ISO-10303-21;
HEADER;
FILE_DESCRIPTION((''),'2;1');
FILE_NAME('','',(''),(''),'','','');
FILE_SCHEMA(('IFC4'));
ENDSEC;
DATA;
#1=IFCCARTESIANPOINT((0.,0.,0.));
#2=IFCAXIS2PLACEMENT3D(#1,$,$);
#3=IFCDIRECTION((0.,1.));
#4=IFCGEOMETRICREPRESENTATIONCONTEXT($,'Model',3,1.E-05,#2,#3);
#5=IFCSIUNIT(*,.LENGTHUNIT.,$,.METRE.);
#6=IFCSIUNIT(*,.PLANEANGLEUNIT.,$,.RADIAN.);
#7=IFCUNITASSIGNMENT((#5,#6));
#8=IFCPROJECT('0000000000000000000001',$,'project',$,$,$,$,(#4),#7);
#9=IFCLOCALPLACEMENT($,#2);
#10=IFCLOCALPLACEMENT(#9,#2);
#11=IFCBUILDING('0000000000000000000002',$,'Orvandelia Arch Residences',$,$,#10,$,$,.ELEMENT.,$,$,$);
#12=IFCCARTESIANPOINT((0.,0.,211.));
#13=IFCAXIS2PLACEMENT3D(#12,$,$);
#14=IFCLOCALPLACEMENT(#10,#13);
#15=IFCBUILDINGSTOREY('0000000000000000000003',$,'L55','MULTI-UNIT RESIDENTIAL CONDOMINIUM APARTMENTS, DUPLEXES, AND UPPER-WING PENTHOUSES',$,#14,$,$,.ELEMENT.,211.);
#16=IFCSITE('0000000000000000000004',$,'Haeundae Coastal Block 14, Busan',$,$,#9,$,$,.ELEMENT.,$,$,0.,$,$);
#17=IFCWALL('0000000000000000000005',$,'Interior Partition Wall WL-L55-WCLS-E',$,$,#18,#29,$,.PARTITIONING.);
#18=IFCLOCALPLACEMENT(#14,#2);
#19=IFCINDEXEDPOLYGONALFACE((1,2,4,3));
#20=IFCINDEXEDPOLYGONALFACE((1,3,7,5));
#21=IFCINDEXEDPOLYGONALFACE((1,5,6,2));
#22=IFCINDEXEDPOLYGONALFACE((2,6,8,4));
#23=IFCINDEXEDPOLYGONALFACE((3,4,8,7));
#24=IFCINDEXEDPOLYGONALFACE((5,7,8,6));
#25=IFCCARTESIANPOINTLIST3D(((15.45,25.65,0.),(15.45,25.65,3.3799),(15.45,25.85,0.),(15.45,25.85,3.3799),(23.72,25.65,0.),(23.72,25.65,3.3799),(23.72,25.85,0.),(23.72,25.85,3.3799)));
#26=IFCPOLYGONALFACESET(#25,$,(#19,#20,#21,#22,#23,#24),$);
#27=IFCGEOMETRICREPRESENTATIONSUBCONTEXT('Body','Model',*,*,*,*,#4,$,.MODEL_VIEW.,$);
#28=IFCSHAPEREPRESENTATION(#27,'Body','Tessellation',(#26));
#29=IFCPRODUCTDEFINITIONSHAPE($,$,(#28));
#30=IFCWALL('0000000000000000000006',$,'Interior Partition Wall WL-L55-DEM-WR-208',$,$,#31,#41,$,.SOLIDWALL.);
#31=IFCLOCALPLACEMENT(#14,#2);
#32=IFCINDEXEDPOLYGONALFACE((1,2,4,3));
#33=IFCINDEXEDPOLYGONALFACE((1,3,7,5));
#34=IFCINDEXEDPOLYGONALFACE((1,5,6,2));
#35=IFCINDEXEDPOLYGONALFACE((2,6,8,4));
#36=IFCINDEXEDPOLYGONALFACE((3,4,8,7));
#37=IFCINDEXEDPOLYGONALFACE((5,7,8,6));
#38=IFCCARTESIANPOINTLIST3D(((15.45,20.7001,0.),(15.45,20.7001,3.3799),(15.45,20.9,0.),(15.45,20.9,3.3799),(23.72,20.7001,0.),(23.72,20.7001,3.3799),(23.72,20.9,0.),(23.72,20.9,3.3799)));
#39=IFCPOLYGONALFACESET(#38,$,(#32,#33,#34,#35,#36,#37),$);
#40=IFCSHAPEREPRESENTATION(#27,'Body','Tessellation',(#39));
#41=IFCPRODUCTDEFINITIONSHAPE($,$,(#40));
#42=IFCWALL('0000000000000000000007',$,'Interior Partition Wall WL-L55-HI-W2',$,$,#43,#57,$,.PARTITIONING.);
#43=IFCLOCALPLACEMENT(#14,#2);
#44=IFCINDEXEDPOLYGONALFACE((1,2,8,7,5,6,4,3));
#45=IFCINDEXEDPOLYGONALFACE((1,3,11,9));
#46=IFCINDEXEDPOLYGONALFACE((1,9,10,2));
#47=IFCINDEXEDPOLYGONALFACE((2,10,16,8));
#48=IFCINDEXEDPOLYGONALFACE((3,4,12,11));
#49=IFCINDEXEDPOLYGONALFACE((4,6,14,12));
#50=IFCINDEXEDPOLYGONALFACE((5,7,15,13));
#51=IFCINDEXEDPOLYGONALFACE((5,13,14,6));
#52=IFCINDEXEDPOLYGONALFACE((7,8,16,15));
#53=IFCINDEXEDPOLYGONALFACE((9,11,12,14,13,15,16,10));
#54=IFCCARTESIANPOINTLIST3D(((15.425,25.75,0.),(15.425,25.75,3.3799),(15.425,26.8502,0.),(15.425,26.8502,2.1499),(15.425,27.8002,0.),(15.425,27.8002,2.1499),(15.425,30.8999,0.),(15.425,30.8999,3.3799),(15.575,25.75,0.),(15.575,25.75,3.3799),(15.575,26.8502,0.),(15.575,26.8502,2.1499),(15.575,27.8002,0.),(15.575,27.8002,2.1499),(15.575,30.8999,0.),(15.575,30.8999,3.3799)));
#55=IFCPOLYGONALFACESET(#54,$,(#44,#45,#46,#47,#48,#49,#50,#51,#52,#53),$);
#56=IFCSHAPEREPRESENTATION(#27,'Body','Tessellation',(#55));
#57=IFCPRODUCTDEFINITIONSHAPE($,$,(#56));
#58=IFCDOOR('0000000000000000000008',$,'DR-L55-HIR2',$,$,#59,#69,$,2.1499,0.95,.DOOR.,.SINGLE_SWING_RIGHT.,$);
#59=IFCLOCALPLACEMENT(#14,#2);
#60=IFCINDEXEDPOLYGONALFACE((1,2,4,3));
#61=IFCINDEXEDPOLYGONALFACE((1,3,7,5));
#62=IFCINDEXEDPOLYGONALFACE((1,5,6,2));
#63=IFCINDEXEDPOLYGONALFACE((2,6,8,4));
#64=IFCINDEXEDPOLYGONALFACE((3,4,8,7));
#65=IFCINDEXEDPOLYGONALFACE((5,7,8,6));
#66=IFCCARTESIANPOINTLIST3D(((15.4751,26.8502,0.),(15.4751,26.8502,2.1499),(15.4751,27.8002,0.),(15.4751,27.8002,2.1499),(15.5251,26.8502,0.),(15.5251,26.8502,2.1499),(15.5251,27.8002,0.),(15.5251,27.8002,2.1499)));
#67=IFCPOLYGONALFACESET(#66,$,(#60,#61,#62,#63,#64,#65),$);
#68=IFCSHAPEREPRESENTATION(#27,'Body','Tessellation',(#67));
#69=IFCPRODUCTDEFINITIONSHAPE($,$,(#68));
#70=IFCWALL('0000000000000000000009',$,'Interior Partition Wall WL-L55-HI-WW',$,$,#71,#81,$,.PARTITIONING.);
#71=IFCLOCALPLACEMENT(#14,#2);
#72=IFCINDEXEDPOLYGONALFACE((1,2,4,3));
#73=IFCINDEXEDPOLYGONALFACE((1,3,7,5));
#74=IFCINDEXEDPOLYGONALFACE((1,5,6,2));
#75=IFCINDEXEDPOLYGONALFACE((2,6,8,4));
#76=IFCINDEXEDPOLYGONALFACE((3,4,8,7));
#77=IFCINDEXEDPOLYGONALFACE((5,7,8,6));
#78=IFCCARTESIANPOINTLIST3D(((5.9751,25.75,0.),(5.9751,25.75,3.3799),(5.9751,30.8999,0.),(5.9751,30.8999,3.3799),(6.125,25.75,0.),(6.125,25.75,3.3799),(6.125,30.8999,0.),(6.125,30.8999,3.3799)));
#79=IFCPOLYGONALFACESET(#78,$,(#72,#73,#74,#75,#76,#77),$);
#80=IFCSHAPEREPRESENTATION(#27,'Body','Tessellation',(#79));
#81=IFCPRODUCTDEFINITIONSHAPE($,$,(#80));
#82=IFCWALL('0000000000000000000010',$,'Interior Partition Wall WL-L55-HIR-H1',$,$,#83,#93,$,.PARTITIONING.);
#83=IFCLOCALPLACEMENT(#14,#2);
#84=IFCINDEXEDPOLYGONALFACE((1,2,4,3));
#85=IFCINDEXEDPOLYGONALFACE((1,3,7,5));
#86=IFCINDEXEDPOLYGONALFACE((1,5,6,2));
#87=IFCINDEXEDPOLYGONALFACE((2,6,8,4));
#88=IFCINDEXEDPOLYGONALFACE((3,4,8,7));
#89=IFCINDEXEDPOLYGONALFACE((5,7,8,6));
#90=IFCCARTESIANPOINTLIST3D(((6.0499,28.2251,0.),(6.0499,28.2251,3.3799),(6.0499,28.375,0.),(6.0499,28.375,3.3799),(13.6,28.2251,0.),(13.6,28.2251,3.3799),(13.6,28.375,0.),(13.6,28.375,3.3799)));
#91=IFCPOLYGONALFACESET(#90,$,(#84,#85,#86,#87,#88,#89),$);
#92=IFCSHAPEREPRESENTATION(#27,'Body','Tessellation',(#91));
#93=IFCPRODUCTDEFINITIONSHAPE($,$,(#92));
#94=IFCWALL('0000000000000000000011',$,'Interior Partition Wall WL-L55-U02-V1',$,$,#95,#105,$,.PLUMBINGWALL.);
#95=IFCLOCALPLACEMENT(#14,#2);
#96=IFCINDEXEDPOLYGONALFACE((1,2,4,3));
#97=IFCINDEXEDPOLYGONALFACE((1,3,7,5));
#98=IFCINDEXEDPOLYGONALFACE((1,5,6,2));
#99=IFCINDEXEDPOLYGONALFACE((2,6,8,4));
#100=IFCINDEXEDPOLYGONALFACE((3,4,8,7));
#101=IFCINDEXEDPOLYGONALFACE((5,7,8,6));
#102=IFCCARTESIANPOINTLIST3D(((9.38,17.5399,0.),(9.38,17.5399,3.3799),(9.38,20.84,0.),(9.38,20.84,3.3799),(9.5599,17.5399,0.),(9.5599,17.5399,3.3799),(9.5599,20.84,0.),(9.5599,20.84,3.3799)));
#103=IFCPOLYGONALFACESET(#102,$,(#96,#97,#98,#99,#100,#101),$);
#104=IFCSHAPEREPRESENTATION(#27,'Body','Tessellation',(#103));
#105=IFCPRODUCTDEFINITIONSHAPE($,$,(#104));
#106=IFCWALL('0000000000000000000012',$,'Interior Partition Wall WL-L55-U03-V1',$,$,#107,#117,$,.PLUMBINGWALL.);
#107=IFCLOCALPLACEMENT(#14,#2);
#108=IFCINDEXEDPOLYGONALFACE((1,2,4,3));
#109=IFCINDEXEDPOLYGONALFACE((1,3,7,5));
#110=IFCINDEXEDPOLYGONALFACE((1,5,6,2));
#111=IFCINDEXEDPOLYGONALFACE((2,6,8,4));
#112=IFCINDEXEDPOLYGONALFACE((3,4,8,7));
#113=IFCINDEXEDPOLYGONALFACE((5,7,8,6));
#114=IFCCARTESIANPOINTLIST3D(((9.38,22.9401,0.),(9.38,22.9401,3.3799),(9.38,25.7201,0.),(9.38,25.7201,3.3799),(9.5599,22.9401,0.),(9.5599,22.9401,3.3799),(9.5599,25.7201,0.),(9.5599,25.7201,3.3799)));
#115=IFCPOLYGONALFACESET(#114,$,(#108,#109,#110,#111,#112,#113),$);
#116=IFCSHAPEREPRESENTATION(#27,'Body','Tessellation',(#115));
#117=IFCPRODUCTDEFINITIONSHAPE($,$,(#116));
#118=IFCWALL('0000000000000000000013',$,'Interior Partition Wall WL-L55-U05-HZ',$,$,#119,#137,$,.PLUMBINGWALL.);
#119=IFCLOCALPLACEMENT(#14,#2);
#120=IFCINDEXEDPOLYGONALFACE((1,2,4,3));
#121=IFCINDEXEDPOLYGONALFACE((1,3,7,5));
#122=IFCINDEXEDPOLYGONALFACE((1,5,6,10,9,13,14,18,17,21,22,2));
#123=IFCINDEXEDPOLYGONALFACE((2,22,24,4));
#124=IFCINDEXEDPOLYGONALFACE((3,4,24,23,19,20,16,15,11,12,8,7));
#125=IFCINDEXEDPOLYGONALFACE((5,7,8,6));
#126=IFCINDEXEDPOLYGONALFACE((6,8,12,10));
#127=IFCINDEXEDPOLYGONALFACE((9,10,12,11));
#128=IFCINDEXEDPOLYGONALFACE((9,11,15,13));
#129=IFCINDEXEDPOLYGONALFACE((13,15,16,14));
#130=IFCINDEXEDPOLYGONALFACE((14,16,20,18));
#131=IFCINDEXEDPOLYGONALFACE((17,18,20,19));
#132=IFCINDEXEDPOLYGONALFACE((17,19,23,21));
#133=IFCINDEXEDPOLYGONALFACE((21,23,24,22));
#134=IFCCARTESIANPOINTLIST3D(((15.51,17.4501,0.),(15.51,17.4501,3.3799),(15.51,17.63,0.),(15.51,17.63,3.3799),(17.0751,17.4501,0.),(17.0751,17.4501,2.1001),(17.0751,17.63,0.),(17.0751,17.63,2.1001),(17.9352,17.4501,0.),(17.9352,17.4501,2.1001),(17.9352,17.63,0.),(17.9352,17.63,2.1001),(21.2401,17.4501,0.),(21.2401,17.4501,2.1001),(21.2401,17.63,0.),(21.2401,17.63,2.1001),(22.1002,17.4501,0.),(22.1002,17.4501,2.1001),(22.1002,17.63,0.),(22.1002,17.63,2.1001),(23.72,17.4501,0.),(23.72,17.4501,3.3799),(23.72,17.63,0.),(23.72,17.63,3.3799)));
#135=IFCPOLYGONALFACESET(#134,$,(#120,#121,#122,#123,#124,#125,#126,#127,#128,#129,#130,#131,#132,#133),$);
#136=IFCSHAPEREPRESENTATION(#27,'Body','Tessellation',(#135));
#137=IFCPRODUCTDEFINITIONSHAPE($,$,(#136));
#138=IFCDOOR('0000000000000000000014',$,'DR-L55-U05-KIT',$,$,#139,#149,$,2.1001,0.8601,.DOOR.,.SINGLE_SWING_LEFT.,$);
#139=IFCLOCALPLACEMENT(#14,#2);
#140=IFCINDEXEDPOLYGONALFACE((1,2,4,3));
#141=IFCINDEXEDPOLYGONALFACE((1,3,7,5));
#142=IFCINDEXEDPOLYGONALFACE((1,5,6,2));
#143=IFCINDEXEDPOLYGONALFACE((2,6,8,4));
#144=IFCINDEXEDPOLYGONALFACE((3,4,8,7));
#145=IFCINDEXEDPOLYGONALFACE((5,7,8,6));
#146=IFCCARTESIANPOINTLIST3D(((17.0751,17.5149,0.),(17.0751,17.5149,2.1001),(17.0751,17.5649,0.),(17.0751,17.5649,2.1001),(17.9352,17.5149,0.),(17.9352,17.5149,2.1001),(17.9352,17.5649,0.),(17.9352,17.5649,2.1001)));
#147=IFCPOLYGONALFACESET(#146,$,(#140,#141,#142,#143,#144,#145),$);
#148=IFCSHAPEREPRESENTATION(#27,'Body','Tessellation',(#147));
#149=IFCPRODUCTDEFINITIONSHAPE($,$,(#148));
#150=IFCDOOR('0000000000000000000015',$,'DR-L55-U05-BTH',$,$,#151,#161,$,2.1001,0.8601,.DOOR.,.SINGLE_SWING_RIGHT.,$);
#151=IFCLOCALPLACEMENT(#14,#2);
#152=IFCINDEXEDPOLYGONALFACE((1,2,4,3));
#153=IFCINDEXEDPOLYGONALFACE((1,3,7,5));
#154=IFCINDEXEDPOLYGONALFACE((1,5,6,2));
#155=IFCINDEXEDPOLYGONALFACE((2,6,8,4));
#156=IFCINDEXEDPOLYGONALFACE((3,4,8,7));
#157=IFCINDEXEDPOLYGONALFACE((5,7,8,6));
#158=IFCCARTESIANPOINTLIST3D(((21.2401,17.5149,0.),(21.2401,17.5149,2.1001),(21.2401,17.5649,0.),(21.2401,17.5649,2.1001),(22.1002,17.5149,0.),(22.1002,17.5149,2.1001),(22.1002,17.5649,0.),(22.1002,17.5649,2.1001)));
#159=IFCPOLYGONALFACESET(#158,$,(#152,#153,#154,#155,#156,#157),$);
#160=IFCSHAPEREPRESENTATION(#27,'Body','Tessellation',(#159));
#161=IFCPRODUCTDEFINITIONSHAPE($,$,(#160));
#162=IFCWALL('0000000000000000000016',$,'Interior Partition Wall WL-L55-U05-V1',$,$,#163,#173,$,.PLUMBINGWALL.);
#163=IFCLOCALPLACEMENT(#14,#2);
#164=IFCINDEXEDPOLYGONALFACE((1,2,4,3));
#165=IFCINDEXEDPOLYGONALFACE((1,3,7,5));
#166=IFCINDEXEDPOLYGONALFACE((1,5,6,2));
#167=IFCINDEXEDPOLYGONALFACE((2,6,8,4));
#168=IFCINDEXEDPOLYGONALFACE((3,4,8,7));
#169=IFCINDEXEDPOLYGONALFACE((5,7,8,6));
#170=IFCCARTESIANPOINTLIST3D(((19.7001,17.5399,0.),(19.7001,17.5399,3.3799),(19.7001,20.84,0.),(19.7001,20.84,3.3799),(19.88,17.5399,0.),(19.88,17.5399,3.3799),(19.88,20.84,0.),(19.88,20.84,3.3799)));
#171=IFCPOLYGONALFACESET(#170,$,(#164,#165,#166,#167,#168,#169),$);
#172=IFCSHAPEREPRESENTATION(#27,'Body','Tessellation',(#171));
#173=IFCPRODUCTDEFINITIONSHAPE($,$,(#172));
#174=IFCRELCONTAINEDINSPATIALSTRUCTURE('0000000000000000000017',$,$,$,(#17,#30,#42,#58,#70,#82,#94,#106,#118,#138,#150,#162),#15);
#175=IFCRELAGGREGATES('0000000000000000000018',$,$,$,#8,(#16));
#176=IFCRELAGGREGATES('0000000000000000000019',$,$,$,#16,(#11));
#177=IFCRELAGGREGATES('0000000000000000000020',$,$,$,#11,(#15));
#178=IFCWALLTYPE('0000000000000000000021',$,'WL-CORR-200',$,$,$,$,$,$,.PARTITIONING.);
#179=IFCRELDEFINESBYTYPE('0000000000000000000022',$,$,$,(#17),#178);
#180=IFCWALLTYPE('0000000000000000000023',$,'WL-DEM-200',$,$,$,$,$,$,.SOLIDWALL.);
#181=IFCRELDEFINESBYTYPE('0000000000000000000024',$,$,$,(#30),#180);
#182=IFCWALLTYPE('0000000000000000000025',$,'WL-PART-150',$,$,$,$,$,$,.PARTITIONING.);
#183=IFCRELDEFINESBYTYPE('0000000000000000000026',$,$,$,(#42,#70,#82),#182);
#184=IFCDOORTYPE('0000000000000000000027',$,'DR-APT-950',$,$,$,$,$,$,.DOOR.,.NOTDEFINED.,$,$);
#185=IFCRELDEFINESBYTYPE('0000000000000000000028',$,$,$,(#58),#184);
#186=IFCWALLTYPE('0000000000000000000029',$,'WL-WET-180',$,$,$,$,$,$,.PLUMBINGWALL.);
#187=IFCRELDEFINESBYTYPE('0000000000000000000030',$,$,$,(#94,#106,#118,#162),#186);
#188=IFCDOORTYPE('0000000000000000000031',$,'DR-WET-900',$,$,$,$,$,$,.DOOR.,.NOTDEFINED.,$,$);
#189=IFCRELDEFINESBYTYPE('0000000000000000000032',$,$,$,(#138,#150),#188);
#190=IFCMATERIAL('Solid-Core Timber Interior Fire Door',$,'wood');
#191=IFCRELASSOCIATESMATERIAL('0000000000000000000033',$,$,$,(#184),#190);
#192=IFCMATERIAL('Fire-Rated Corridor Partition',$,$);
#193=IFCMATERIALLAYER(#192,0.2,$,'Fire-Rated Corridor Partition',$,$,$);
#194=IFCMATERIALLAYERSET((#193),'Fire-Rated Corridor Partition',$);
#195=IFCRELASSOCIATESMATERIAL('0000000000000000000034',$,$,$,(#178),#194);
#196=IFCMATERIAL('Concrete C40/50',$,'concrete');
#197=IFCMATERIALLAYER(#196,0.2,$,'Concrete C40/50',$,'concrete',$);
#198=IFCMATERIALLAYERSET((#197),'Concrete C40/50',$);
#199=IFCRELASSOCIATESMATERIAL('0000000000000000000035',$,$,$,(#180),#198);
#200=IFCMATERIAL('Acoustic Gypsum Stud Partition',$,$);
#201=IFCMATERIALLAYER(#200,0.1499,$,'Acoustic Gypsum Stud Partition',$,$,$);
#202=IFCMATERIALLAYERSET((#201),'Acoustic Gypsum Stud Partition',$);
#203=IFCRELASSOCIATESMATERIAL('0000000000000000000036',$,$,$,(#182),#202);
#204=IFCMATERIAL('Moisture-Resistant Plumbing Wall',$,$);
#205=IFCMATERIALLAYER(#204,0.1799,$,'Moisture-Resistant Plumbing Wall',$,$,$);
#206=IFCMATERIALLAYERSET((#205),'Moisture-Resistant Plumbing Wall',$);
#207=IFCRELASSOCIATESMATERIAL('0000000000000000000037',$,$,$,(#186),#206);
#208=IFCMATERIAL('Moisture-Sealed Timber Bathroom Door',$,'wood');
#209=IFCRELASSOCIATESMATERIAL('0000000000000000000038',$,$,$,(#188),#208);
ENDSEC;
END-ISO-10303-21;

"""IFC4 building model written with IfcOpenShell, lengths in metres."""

from ifc_helpers import new_model, si_unit, direction, frame, frame_2d, origin, place, context, subcontext, project, spatial, rectangle, extrude, material, layer, layer_set, type_object, element, fill, save


model = new_model("IFC4")

# Units and contexts
model_context = context("Model", 3, precision=1e-05, world=origin(), true_north=direction((0.0, 1.0)))
body_context = subcontext(model_context, "Body", "Model", "MODEL_VIEW")
ifc_project = project(units=[si_unit("LENGTHUNIT", "METRE"), si_unit("PLANEANGLEUNIT", "RADIAN")], contexts=[model_context])

# Site, building, storey
site_placement = place(None, origin())
site = spatial("IfcSite", under=ifc_project, at=site_placement, Name="Haeundae Coastal Block 14, Busan", CompositionType="ELEMENT", RefElevation=0.0)
building_placement = place(site_placement, origin())
building = spatial("IfcBuilding", under=site, at=building_placement, Name="Orvandelia Arch Residences", CompositionType="ELEMENT")
storey_placement = place(building_placement, frame((0.0, 0.0, 211.0)))
storey = spatial("IfcBuildingStorey", under=building, at=storey_placement, Name="L55", Description="MULTI-UNIT RESIDENTIAL CONDOMINIUM APARTMENTS, DUPLEXES, AND UPPER-WING PENTHOUSES", CompositionType="ELEMENT", Elevation=211.0)

# Shared definitions
ifc_material_1 = material(Name="Solid-Core Timber Interior Fire Door", Category="wood")
door_type_1 = type_object("IfcDoorType", Name="DR-APT-950", OperationType="NOTDEFINED", PredefinedType="DOOR", material=ifc_material_1)

# Walls
ifc_material_2 = material(Name="Fire-Rated Corridor Partition")
ifc_layer_1 = layer(ifc_material_2, 0.2, Name="Fire-Rated Corridor Partition")
ifc_layer_set_1 = layer_set([ifc_layer_1], Name="Fire-Rated Corridor Partition")
wall_type_1 = type_object("IfcWallType", Name="WL-CORR-200", PredefinedType="PARTITIONING", material=ifc_layer_set_1)
wall_1_placement = place(storey_placement, frame((15.45, 25.75, 0.0), z_axis=(0.0, 0.0, 1.0), x_axis=(1.0, 0.0, 0.0)))
element("IfcWall", 1, at=wall_1_placement, inside=storey, type_object=wall_type_1, Name="Interior Partition Wall WL-L55-WCLS-E", PredefinedType="PARTITIONING", context=body_context, shape_type="SweptSolid", body=[
    extrude(rectangle(XDim=8.27, YDim=0.2, at=frame_2d((4.135, 0.0))), origin(), (0.0, 0.0, 1.0), 3.3799),
])
ifc_material_3 = material(Name="Concrete C40/50", Category="concrete")
ifc_layer_2 = layer(ifc_material_3, 0.2, Name="Concrete C40/50", Category="concrete")
ifc_layer_set_2 = layer_set([ifc_layer_2], Name="Concrete C40/50")
wall_type_2 = type_object("IfcWallType", Name="WL-DEM-200", PredefinedType="SOLIDWALL", material=ifc_layer_set_2)
wall_2_placement = place(storey_placement, frame((15.45, 20.8, 0.0), z_axis=(0.0, 0.0, 1.0), x_axis=(1.0, 0.0, 0.0)))
element("IfcWall", 2, at=wall_2_placement, inside=storey, type_object=wall_type_2, Name="Interior Partition Wall WL-L55-DEM-WR-208", PredefinedType="SOLIDWALL", context=body_context, shape_type="SweptSolid", body=[
    extrude(rectangle(XDim=8.27, YDim=0.2, at=frame_2d((4.135, 0.0))), origin(), (0.0, 0.0, 1.0), 3.3799),
])

# Shared definitions
ifc_material_4 = material(Name="Acoustic Gypsum Stud Partition")
ifc_layer_3 = layer(ifc_material_4, 0.1499, Name="Acoustic Gypsum Stud Partition")
ifc_layer_set_3 = layer_set([ifc_layer_3], Name="Acoustic Gypsum Stud Partition")
wall_type_3 = type_object("IfcWallType", Name="WL-PART-150", PredefinedType="PARTITIONING", material=ifc_layer_set_3)

# Wall, opening, door
wall_3_placement = place(storey_placement, frame((15.5, 25.75, 0.0), z_axis=(0.0, 0.0, 1.0), x_axis=(0.0, 1.0, 0.0)))
wall_3 = element("IfcWall", 3, at=wall_3_placement, inside=storey, type_object=wall_type_3, Name="Interior Partition Wall WL-L55-HI-W2", PredefinedType="PARTITIONING", context=body_context, shape_type="SweptSolid", body=[
    extrude(rectangle(XDim=5.1499, YDim=0.1499, at=frame_2d((2.575, 0.0))), origin(), (0.0, 0.0, 1.0), 3.3799),
])
opening_1_placement = place(wall_3_placement, frame((1.1001, 0.0, 0.0)))
opening_1 = element("IfcOpeningElement", 4, at=opening_1_placement, cuts=wall_3, PredefinedType="OPENING", context=body_context, shape_type="SweptSolid", body=[
    extrude(rectangle(XDim=0.95, YDim=2.1499, at=frame_2d((0.4751, 1.075))), frame((0.0, 0.085, 0.0), z_axis=(0.0, -1.0, 0.0), x_axis=(1.0, 0.0, 0.0)), (0.0, 0.0, 1.0), 0.1699),
])
door_1_placement = place(opening_1_placement, origin())
door_1 = element("IfcDoor", 5, at=door_1_placement, inside=storey, type_object=door_type_1, Name="DR-L55-HIR2", OperationType="SINGLE_SWING_RIGHT", OverallHeight=2.1499, OverallWidth=0.95, PredefinedType="DOOR", context=body_context, shape_type="SweptSolid", body=[
    extrude(rectangle(XDim=0.95, YDim=2.1499, at=frame_2d((0.4751, 1.075))), frame((0.0, 0.0249, 0.0), z_axis=(0.0, -1.0, 0.0), x_axis=(1.0, 0.0, 0.0)), (0.0, 0.0, 1.0), 0.05),
])
fill(opening_1, door_1)

# Walls
wall_4_placement = place(storey_placement, frame((6.05, 25.75, 0.0), z_axis=(0.0, 0.0, 1.0), x_axis=(0.0, 1.0, 0.0)))
element("IfcWall", 6, at=wall_4_placement, inside=storey, type_object=wall_type_3, Name="Interior Partition Wall WL-L55-HI-WW", PredefinedType="PARTITIONING", context=body_context, shape_type="SweptSolid", body=[
    extrude(rectangle(XDim=5.1499, YDim=0.1499, at=frame_2d((2.575, 0.0))), origin(), (0.0, 0.0, 1.0), 3.3799),
])
wall_5_placement = place(storey_placement, frame((6.05, 28.3, 0.0), z_axis=(0.0, 0.0, 1.0), x_axis=(1.0, 0.0, 0.0)))
element("IfcWall", 7, at=wall_5_placement, inside=storey, type_object=wall_type_3, Name="Interior Partition Wall WL-L55-HIR-H1", PredefinedType="PARTITIONING", context=body_context, shape_type="SweptSolid", body=[
    extrude(rectangle(XDim=7.55, YDim=0.1499, at=frame_2d((3.7749, 0.0))), origin(), (0.0, 0.0, 1.0), 3.3799),
])
ifc_material_5 = material(Name="Moisture-Resistant Plumbing Wall")
ifc_layer_4 = layer(ifc_material_5, 0.1799, Name="Moisture-Resistant Plumbing Wall")
ifc_layer_set_4 = layer_set([ifc_layer_4], Name="Moisture-Resistant Plumbing Wall")
wall_type_4 = type_object("IfcWallType", Name="WL-WET-180", PredefinedType="PLUMBINGWALL", material=ifc_layer_set_4)
wall_6_placement = place(storey_placement, frame((9.47, 17.54, 0.0), z_axis=(0.0, 0.0, 1.0), x_axis=(0.0, 1.0, 0.0)))
element("IfcWall", 8, at=wall_6_placement, inside=storey, type_object=wall_type_4, Name="Interior Partition Wall WL-L55-U02-V1", PredefinedType="PLUMBINGWALL", context=body_context, shape_type="SweptSolid", body=[
    extrude(rectangle(XDim=3.3, YDim=0.1799, at=frame_2d((1.6499, 0.0))), origin(), (0.0, 0.0, 1.0), 3.3799),
])
wall_7_placement = place(storey_placement, frame((9.47, 22.9399, 0.0), z_axis=(0.0, 0.0, 1.0), x_axis=(0.0, 1.0, 0.0)))
element("IfcWall", 9, at=wall_7_placement, inside=storey, type_object=wall_type_4, Name="Interior Partition Wall WL-L55-U03-V1", PredefinedType="PLUMBINGWALL", context=body_context, shape_type="SweptSolid", body=[
    extrude(rectangle(XDim=2.78, YDim=0.1799, at=frame_2d((1.3901, 0.0))), origin(), (0.0, 0.0, 1.0), 3.3799),
])

# Wall, openings, doors
wall_8_placement = place(storey_placement, frame((15.51, 17.54, 0.0), z_axis=(0.0, 0.0, 1.0), x_axis=(1.0, 0.0, 0.0)))
wall_8 = element("IfcWall", 10, at=wall_8_placement, inside=storey, type_object=wall_type_4, Name="Interior Partition Wall WL-L55-U05-HZ", PredefinedType="PLUMBINGWALL", context=body_context, shape_type="SweptSolid", body=[
    extrude(rectangle(XDim=8.21, YDim=0.1799, at=frame_2d((4.105, 0.0))), origin(), (0.0, 0.0, 1.0), 3.3799),
])
opening_2_placement = place(wall_8_placement, frame((1.5649, 0.0, 0.0)))
opening_2 = element("IfcOpeningElement", 11, at=opening_2_placement, cuts=wall_8, PredefinedType="OPENING", context=body_context, shape_type="SweptSolid", body=[
    extrude(rectangle(XDim=0.8601, YDim=2.1001, at=frame_2d((0.4302, 1.05))), frame((0.0, 0.1001, 0.0), z_axis=(0.0, -1.0, 0.0), x_axis=(1.0, 0.0, 0.0)), (0.0, 0.0, 1.0), 0.2),
])
opening_3_placement = place(wall_8_placement, frame((5.73, 0.0, 0.0)))
opening_3 = element("IfcOpeningElement", 12, at=opening_3_placement, cuts=wall_8, PredefinedType="OPENING", context=body_context, shape_type="SweptSolid", body=[
    extrude(rectangle(XDim=0.8601, YDim=2.1001, at=frame_2d((0.4302, 1.05))), frame((0.0, 0.1001, 0.0), z_axis=(0.0, -1.0, 0.0), x_axis=(1.0, 0.0, 0.0)), (0.0, 0.0, 1.0), 0.2),
])
ifc_material_6 = material(Name="Moisture-Sealed Timber Bathroom Door", Category="wood")
door_type_2 = type_object("IfcDoorType", Name="DR-WET-900", OperationType="NOTDEFINED", PredefinedType="DOOR", material=ifc_material_6)
door_2_placement = place(opening_2_placement, origin())
door_2 = element("IfcDoor", 13, at=door_2_placement, inside=storey, type_object=door_type_2, Name="DR-L55-U05-KIT", OperationType="SINGLE_SWING_LEFT", OverallHeight=2.1001, OverallWidth=0.8601, PredefinedType="DOOR", context=body_context, shape_type="SweptSolid", body=[
    extrude(rectangle(XDim=0.8601, YDim=2.1001, at=frame_2d((0.4302, 1.05))), frame((0.0, 0.0249, 0.0), z_axis=(0.0, -1.0, 0.0), x_axis=(1.0, 0.0, 0.0)), (0.0, 0.0, 1.0), 0.05),
])
fill(opening_2, door_2)
door_3_placement = place(opening_3_placement, origin())
door_3 = element("IfcDoor", 14, at=door_3_placement, inside=storey, type_object=door_type_2, Name="DR-L55-U05-BTH", OperationType="SINGLE_SWING_RIGHT", OverallHeight=2.1001, OverallWidth=0.8601, PredefinedType="DOOR", context=body_context, shape_type="SweptSolid", body=[
    extrude(rectangle(XDim=0.8601, YDim=2.1001, at=frame_2d((0.4302, 1.05))), frame((0.0, 0.0249, 0.0), z_axis=(0.0, -1.0, 0.0), x_axis=(1.0, 0.0, 0.0)), (0.0, 0.0, 1.0), 0.05),
])
fill(opening_3, door_3)

# Wall
wall_9_placement = place(storey_placement, frame((19.79, 17.54, 0.0), z_axis=(0.0, 0.0, 1.0), x_axis=(0.0, 1.0, 0.0)))
element("IfcWall", 15, at=wall_9_placement, inside=storey, type_object=wall_type_4, Name="Interior Partition Wall WL-L55-U05-V1", PredefinedType="PLUMBINGWALL", context=body_context, shape_type="SweptSolid", body=[
    extrude(rectangle(XDim=3.3, YDim=0.1799, at=frame_2d((1.6499, 0.0))), origin(), (0.0, 0.0, 1.0), 3.3799),
])

save(model, "model.ifc")
